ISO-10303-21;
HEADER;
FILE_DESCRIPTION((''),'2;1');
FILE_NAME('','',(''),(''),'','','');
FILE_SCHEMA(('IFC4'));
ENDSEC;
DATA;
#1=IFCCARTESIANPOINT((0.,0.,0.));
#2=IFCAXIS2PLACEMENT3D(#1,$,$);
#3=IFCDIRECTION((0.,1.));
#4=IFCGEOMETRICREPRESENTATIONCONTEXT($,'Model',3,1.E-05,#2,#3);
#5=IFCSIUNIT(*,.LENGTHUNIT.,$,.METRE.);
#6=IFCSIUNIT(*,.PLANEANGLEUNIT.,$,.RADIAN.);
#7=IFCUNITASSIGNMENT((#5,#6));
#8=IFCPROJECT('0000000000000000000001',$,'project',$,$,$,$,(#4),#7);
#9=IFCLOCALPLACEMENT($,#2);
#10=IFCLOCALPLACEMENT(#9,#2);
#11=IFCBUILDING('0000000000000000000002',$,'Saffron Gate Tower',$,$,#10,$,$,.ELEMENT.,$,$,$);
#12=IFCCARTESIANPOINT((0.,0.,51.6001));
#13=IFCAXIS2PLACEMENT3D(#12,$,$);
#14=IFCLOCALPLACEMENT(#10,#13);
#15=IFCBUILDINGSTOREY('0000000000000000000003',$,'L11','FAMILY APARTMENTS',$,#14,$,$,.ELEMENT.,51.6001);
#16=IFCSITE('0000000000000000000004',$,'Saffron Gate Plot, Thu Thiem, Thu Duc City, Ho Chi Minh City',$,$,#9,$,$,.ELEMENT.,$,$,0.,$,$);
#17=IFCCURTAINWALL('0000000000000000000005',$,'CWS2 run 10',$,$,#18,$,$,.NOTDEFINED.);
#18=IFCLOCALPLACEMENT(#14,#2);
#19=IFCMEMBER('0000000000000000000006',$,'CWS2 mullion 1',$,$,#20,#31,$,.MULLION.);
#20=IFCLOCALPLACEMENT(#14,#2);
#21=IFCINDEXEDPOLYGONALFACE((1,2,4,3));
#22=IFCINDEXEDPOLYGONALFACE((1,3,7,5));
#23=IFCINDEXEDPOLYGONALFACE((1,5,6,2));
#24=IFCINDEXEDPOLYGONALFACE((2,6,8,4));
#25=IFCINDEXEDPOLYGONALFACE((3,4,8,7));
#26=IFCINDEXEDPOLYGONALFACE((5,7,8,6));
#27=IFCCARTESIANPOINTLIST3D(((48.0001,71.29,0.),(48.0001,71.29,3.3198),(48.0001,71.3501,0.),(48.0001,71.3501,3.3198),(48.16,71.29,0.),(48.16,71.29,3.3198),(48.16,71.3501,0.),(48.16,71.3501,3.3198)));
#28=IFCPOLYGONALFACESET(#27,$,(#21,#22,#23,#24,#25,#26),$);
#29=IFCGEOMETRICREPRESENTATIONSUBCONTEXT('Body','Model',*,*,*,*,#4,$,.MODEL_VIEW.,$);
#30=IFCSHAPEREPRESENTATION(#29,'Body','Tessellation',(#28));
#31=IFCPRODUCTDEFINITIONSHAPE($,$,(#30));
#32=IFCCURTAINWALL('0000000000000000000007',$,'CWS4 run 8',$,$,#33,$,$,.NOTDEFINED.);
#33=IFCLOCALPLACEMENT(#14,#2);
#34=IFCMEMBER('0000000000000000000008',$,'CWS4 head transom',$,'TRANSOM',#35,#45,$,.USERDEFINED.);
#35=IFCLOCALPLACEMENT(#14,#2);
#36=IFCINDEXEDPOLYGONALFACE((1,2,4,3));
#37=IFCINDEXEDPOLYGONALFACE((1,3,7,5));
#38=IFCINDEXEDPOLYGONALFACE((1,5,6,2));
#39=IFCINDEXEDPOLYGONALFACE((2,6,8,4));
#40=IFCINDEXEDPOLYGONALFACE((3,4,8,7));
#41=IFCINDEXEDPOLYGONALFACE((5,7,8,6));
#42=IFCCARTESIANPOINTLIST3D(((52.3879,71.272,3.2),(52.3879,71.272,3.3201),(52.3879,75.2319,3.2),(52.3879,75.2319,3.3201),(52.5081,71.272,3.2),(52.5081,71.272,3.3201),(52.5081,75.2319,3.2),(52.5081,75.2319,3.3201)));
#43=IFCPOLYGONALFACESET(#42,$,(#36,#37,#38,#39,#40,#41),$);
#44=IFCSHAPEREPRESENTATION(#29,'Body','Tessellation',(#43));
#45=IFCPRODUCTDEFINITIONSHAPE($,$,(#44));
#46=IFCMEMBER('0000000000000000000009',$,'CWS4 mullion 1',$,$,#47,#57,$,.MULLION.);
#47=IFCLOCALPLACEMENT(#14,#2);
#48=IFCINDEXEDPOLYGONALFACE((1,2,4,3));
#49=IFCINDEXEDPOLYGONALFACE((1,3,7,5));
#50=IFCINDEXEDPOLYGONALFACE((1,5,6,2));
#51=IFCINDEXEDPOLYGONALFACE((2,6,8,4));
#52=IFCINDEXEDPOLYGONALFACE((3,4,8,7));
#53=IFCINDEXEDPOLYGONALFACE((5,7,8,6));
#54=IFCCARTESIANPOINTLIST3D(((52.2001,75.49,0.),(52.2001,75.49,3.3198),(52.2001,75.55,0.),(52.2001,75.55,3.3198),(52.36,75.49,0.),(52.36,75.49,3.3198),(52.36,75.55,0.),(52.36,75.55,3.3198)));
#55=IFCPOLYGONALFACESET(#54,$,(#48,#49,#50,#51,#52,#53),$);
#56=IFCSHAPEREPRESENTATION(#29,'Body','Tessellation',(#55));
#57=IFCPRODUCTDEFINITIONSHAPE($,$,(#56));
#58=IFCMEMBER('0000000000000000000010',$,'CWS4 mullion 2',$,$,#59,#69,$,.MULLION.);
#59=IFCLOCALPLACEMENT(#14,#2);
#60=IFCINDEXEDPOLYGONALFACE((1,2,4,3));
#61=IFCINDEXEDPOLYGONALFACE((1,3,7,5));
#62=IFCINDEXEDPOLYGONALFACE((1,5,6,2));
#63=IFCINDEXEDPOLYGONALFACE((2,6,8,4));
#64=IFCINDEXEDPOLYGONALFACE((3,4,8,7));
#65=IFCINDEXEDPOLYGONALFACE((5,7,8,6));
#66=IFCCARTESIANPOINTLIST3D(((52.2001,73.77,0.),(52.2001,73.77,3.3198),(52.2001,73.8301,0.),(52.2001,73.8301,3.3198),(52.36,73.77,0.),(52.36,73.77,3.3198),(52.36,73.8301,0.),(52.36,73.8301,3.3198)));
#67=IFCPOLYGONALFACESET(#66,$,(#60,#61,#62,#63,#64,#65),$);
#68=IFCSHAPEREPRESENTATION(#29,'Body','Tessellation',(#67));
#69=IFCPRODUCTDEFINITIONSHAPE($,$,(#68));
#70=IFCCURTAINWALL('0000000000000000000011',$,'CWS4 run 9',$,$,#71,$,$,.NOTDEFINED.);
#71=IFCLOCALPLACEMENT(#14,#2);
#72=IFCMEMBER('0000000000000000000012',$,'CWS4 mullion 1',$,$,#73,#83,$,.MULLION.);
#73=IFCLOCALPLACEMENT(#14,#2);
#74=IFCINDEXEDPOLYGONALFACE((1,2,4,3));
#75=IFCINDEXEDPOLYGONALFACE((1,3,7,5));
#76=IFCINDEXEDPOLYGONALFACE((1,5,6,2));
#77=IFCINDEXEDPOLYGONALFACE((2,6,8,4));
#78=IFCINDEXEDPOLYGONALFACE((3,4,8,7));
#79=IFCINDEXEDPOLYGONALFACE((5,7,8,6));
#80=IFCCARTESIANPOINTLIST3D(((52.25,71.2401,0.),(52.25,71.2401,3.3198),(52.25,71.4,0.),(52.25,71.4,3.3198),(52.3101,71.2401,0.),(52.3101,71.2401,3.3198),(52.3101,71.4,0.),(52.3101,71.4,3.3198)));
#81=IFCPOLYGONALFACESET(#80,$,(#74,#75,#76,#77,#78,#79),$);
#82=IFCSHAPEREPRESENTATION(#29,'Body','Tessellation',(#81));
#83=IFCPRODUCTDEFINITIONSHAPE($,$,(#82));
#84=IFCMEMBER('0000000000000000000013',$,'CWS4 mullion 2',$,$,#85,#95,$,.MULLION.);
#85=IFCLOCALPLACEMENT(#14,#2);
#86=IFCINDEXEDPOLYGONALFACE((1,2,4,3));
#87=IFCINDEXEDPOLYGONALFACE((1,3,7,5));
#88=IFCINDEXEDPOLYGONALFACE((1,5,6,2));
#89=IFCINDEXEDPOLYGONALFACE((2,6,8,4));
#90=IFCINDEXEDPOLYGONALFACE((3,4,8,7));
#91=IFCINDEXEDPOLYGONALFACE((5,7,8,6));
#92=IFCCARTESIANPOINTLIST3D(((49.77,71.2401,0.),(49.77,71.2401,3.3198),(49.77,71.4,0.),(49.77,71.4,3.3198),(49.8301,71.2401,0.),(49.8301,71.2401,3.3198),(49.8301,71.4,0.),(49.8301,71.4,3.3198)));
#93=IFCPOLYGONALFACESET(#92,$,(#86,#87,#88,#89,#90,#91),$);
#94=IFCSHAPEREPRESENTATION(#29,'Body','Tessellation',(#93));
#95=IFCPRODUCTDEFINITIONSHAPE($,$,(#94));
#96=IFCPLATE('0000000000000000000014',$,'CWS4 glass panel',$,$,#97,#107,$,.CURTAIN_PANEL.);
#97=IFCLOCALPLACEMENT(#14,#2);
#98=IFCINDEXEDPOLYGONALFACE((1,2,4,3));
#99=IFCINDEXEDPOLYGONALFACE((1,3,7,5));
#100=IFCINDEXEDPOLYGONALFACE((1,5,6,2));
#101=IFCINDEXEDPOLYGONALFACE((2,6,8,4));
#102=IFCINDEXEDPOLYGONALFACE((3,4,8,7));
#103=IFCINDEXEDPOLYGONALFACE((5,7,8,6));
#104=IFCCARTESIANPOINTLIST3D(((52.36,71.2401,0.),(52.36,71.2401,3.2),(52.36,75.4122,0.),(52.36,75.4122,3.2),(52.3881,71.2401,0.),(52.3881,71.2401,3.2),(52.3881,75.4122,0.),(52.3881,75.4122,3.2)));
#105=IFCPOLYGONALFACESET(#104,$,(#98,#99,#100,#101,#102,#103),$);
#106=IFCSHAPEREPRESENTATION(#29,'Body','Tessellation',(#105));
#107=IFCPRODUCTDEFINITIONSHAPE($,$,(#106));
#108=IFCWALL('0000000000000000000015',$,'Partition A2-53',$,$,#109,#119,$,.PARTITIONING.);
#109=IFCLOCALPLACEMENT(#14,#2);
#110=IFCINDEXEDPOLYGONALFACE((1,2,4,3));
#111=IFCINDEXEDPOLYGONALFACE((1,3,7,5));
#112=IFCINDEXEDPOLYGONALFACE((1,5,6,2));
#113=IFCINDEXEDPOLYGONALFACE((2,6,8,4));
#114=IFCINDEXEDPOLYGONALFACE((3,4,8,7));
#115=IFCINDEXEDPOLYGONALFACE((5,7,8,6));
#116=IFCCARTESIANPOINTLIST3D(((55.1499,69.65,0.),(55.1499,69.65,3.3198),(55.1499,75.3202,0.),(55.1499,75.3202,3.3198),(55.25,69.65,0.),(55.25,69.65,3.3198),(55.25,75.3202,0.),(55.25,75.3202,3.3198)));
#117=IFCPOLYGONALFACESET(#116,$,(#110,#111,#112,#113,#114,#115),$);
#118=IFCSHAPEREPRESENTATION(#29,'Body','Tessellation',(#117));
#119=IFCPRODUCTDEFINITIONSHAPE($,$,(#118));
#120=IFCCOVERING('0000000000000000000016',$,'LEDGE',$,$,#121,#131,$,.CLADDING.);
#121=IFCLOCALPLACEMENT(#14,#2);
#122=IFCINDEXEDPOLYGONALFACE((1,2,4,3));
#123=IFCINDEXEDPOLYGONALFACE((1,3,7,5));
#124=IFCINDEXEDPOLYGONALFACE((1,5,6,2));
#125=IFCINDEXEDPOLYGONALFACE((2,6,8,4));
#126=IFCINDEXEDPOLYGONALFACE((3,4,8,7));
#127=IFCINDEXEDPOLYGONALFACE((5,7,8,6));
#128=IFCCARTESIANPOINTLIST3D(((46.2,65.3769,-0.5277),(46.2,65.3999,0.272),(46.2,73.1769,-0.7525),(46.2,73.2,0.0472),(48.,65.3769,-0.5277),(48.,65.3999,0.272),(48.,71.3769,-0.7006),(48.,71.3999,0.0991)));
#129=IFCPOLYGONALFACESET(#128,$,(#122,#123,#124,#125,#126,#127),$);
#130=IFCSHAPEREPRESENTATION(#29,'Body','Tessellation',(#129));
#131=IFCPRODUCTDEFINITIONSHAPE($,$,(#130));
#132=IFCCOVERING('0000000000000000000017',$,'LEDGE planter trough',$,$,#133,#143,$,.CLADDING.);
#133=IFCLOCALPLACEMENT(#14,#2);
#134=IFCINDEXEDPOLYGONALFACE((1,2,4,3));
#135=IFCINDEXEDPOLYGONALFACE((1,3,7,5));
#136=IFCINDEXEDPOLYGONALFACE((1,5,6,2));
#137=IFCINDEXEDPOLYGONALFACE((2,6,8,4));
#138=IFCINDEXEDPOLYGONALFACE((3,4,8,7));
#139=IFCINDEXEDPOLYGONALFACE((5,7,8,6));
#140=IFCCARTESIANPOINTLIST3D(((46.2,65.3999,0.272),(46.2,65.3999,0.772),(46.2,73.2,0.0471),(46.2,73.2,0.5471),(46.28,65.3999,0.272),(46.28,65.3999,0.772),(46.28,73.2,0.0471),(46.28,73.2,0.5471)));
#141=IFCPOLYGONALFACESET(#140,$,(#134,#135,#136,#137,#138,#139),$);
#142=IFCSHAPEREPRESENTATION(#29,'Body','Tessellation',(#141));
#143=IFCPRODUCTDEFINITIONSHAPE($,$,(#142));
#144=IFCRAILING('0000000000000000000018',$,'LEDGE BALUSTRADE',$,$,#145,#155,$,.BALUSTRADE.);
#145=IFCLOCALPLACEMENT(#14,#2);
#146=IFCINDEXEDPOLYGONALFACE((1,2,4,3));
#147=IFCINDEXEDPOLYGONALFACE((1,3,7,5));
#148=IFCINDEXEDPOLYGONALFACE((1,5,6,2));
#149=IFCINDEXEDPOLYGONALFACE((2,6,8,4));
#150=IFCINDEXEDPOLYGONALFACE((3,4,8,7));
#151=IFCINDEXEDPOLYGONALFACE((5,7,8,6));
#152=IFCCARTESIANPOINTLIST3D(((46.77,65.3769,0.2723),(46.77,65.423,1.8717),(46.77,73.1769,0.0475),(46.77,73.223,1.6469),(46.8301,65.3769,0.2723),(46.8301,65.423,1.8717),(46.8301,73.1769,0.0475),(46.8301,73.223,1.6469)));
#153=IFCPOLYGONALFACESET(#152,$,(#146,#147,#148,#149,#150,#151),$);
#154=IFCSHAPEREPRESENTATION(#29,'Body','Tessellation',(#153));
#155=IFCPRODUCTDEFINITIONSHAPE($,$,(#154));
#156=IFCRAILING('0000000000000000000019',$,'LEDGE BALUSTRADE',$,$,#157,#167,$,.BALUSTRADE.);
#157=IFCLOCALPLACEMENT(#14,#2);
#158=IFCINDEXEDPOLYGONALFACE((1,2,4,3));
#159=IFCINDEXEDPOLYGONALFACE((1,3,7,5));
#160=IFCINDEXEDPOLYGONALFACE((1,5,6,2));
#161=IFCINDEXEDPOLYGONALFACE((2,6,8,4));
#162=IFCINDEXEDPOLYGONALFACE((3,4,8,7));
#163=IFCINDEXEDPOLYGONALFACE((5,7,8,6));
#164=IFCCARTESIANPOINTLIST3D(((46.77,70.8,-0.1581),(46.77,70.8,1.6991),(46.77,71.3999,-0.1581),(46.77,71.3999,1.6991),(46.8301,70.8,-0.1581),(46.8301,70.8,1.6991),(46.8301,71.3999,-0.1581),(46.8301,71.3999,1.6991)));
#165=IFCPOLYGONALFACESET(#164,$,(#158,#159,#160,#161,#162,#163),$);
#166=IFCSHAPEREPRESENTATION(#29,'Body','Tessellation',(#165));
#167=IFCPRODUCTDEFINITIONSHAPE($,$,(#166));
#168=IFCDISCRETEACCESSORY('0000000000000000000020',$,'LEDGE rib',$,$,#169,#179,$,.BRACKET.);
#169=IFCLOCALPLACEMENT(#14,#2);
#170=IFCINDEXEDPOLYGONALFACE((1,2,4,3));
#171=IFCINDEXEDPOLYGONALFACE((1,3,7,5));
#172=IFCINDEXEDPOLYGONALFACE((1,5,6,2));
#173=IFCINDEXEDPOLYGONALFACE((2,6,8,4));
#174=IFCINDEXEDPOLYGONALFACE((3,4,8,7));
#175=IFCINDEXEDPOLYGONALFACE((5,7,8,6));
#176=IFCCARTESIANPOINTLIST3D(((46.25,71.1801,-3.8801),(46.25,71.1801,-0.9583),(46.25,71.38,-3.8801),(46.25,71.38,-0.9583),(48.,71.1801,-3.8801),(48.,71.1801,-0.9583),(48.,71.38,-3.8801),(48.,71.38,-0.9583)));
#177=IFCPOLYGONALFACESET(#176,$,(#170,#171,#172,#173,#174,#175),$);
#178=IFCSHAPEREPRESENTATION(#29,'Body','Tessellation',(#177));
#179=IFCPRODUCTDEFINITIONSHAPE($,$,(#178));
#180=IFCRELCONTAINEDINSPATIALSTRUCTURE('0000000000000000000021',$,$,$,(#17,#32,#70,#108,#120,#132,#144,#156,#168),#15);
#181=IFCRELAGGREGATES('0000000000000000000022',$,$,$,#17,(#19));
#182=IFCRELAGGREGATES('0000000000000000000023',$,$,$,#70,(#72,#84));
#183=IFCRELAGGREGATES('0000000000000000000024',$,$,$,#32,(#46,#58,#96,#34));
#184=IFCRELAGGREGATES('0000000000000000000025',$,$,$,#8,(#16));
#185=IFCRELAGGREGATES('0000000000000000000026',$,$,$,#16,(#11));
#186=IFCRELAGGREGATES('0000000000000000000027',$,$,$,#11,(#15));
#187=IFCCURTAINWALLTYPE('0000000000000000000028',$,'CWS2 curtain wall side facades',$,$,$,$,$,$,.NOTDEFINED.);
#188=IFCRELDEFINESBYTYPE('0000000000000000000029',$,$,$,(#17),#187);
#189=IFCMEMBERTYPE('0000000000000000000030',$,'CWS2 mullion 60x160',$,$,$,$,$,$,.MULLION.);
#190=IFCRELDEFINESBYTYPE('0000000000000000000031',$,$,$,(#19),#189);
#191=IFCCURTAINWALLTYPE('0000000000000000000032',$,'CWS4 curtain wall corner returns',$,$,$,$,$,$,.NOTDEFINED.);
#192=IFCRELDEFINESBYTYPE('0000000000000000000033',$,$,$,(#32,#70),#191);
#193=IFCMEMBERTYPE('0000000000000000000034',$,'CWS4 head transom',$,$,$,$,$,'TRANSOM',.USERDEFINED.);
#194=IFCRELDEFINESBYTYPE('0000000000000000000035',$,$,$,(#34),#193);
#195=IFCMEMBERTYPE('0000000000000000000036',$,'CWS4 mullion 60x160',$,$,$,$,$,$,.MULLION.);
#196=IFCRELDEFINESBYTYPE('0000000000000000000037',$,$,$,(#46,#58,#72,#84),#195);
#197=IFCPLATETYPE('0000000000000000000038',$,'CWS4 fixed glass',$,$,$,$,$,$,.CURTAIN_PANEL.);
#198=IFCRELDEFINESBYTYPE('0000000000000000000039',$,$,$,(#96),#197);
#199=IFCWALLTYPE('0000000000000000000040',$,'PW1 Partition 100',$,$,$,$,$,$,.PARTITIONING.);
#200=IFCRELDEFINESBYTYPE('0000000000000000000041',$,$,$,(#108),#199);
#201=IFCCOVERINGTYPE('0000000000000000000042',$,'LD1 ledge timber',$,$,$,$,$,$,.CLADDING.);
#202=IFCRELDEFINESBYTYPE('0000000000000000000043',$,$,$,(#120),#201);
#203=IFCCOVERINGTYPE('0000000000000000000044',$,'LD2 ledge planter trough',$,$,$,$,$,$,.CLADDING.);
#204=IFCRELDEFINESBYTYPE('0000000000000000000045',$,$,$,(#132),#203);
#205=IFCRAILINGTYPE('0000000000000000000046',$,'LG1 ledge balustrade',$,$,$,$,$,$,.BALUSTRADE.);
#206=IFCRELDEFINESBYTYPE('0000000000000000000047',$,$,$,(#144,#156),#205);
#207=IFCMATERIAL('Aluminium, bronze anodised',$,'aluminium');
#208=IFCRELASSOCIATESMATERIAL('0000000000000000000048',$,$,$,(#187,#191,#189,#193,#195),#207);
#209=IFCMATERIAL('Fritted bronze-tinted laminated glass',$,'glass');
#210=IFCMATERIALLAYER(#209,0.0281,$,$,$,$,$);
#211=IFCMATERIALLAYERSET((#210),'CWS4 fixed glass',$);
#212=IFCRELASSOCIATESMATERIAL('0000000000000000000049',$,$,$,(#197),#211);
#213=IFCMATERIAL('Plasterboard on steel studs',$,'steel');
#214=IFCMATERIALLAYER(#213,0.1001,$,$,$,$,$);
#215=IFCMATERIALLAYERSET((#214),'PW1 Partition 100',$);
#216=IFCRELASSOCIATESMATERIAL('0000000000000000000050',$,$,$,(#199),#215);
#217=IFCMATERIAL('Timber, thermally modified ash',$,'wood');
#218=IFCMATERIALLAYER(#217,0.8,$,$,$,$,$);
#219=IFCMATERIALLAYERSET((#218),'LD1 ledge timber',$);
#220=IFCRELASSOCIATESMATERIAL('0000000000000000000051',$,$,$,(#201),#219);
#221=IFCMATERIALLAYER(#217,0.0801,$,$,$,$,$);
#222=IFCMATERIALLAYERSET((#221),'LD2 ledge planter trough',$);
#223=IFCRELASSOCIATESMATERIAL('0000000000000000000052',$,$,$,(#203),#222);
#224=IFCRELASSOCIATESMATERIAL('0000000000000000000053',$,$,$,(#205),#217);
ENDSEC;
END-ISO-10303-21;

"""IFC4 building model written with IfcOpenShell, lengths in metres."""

from ifc_helpers import new_model, si_unit, direction, frame, frame_2d, origin, origin_2d, place, context, subcontext, project, spatial, polyline, rectangle, outline, extrude, material, layer, layer_set, material_profile, profile_set, type_object, element, aggregate, save


model = new_model("IFC4")

# Units and contexts
model_context = context("Model", 3, precision=1e-05, world=origin(), true_north=direction((0.0, 1.0)))
body_context = subcontext(model_context, "Body", "Model", "MODEL_VIEW")
ifc_project = project(units=[si_unit("LENGTHUNIT", "METRE"), si_unit("PLANEANGLEUNIT", "RADIAN")], contexts=[model_context])

# Site, building, storey
site_placement = place(None, origin())
site = spatial("IfcSite", under=ifc_project, at=site_placement, Name="Saffron Gate Plot, Thu Thiem, Thu Duc City, Ho Chi Minh City", CompositionType="ELEMENT", RefElevation=0.0)
building_placement = place(site_placement, origin())
building = spatial("IfcBuilding", under=site, at=building_placement, Name="Saffron Gate Tower", CompositionType="ELEMENT")
storey_placement = place(building_placement, frame((0.0, 0.0, 51.6001)))
storey = spatial("IfcBuildingStorey", under=building, at=storey_placement, Name="L11", Description="FAMILY APARTMENTS", CompositionType="ELEMENT", Elevation=51.6001)

# Curtain wall, member
ifc_material_1 = material(Name="Aluminium, bronze anodised", Category="aluminium")
curtain_wall_type_1 = type_object("IfcCurtainWallType", Name="CWS2 curtain wall side facades", PredefinedType="NOTDEFINED", material=ifc_material_1)
curtain_wall_1_placement = place(storey_placement, origin())
curtain_wall_1 = element("IfcCurtainWall", 1, at=curtain_wall_1_placement, inside=storey, type_object=curtain_wall_type_1, Name="CWS2 run 10", PredefinedType="NOTDEFINED")
ifc_material_profile_1 = material_profile(ifc_material_1, rectangle(XDim=0.1599, YDim=0.0601, at=origin_2d()))
ifc_profile_set_1 = profile_set([ifc_material_profile_1], Name="Aluminium, bronze anodised")
member_type_1 = type_object("IfcMemberType", Name="CWS2 mullion 60x160", PredefinedType="MULLION", material=ifc_profile_set_1)
member_1_placement = place(storey_placement, frame((48.0801, 71.3201, 0.0), z_axis=(0.0, 0.0, 1.0), x_axis=(1.0, 0.0, 0.0)))
member_1 = element("IfcMember", 2, at=member_1_placement, type_object=member_type_1, Name="CWS2 mullion 1", PredefinedType="MULLION", context=body_context, shape_type="SweptSolid", body=[
    extrude(rectangle(XDim=0.1599, YDim=0.0601, at=origin_2d()), origin(), (0.0, 0.0, 1.0), 3.3198),
])
aggregate(curtain_wall_1, [member_1])

# Curtain walls, members
curtain_wall_type_2 = type_object("IfcCurtainWallType", Name="CWS4 curtain wall corner returns", PredefinedType="NOTDEFINED", material=ifc_material_1)
curtain_wall_2_placement = place(storey_placement, origin())
curtain_wall_2 = element("IfcCurtainWall", 3, at=curtain_wall_2_placement, inside=storey, type_object=curtain_wall_type_2, Name="CWS4 run 8", PredefinedType="NOTDEFINED")
ifc_material_profile_2 = material_profile(ifc_material_1, rectangle(XDim=0.1201, YDim=0.1201, at=origin_2d()))
ifc_profile_set_2 = profile_set([ifc_material_profile_2], Name="Aluminium, bronze anodised")
member_type_2 = type_object("IfcMemberType", Name="CWS4 head transom", ElementType="TRANSOM", PredefinedType="USERDEFINED", material=ifc_profile_set_2)
member_2_placement = place(storey_placement, frame((52.448, 75.2319, 3.26), z_axis=(0.0, -1.0, 0.0), x_axis=(1.0, 0.0, 0.0)))
member_2 = element("IfcMember", 4, at=member_2_placement, type_object=member_type_2, Name="CWS4 head transom", ObjectType="TRANSOM", PredefinedType="USERDEFINED", context=body_context, shape_type="SweptSolid", body=[
    extrude(rectangle(XDim=0.1201, YDim=0.1201, at=origin_2d()), origin(), (0.0, 0.0, 1.0), 3.96),
])
ifc_material_profile_3 = material_profile(ifc_material_1, rectangle(XDim=0.1599, YDim=0.0601, at=origin_2d()))
ifc_profile_set_3 = profile_set([ifc_material_profile_3], Name="Aluminium, bronze anodised")
member_type_3 = type_object("IfcMemberType", Name="CWS4 mullion 60x160", PredefinedType="MULLION", material=ifc_profile_set_3)
member_3_placement = place(storey_placement, frame((52.28, 75.52, 0.0), z_axis=(0.0, 0.0, 1.0), x_axis=(1.0, 0.0, 0.0)))
member_3 = element("IfcMember", 5, at=member_3_placement, type_object=member_type_3, Name="CWS4 mullion 1", PredefinedType="MULLION", context=body_context, shape_type="SweptSolid", body=[
    extrude(rectangle(XDim=0.1599, YDim=0.0601, at=origin_2d()), origin(), (0.0, 0.0, 1.0), 3.3198),
])
member_4_placement = place(storey_placement, frame((52.28, 73.8, 0.0), z_axis=(0.0, 0.0, 1.0), x_axis=(1.0, 0.0, 0.0)))
member_4 = element("IfcMember", 6, at=member_4_placement, type_object=member_type_3, Name="CWS4 mullion 2", PredefinedType="MULLION", context=body_context, shape_type="SweptSolid", body=[
    extrude(rectangle(XDim=0.1599, YDim=0.0601, at=origin_2d()), origin(), (0.0, 0.0, 1.0), 3.3198),
])
curtain_wall_3_placement = place(storey_placement, origin())
curtain_wall_3 = element("IfcCurtainWall", 7, at=curtain_wall_3_placement, inside=storey, type_object=curtain_wall_type_2, Name="CWS4 run 9", PredefinedType="NOTDEFINED")
member_5_placement = place(storey_placement, frame((52.28, 71.3201, 0.0), z_axis=(0.0, 0.0, 1.0), x_axis=(0.0, -1.0, 0.0)))
member_5 = element("IfcMember", 8, at=member_5_placement, type_object=member_type_3, Name="CWS4 mullion 1", PredefinedType="MULLION", context=body_context, shape_type="SweptSolid", body=[
    extrude(rectangle(XDim=0.1599, YDim=0.0601, at=origin_2d()), origin(), (0.0, 0.0, 1.0), 3.3198),
])
member_6_placement = place(storey_placement, frame((49.8, 71.3201, 0.0), z_axis=(0.0, 0.0, 1.0), x_axis=(0.0, -1.0, 0.0)))
member_6 = element("IfcMember", 9, at=member_6_placement, type_object=member_type_3, Name="CWS4 mullion 2", PredefinedType="MULLION", context=body_context, shape_type="SweptSolid", body=[
    extrude(rectangle(XDim=0.1599, YDim=0.0601, at=origin_2d()), origin(), (0.0, 0.0, 1.0), 3.3198),
])
aggregate(curtain_wall_3, [member_5, member_6])

# Plate
ifc_material_2 = material(Name="Fritted bronze-tinted laminated glass", Category="glass")
ifc_layer_1 = layer(ifc_material_2, 0.0281)
ifc_layer_set_1 = layer_set([ifc_layer_1], Name="CWS4 fixed glass")
plate_type = type_object("IfcPlateType", Name="CWS4 fixed glass", PredefinedType="CURTAIN_PANEL", material=ifc_layer_set_1)
plate_placement = place(storey_placement, frame((52.374, 75.4121, 0.0), z_axis=(0.0, 0.0, 1.0), x_axis=(0.0, -1.0, 0.0)))
plate = element("IfcPlate", 10, at=plate_placement, type_object=plate_type, Name="CWS4 glass panel", PredefinedType="CURTAIN_PANEL", context=body_context, shape_type="SweptSolid", body=[
    extrude(rectangle(XDim=4.1721, YDim=0.0281, at=frame_2d((2.0859, 0.0))), origin(), (0.0, 0.0, 1.0), 3.2),
])
aggregate(curtain_wall_2, [member_3, member_4, plate, member_2])

# Wall
ifc_material_3 = material(Name="Plasterboard on steel studs", Category="steel")
ifc_layer_2 = layer(ifc_material_3, 0.1001)
ifc_layer_set_2 = layer_set([ifc_layer_2], Name="PW1 Partition 100")
wall_type = type_object("IfcWallType", Name="PW1 Partition 100", PredefinedType="PARTITIONING", material=ifc_layer_set_2)
wall_placement = place(storey_placement, frame((55.2, 75.3201, 0.0), z_axis=(0.0, 0.0, 1.0), x_axis=(0.0, -1.0, 0.0)))
element("IfcWall", 11, at=wall_placement, inside=storey, type_object=wall_type, Name="Partition A2-53", PredefinedType="PARTITIONING", context=body_context, shape_type="SweptSolid", body=[
    extrude(rectangle(XDim=5.6702, YDim=0.1001, at=frame_2d((2.835, 0.0))), origin(), (0.0, 0.0, 1.0), 3.3198),
])

# Coverings
ifc_material_4 = material(Name="Timber, thermally modified ash", Category="wood")
ifc_layer_3 = layer(ifc_material_4, 0.8)
ifc_layer_set_3 = layer_set([ifc_layer_3], Name="LD1 ledge timber")
covering_type_1 = type_object("IfcCoveringType", Name="LD1 ledge timber", PredefinedType="CLADDING", material=ifc_layer_set_3)
covering_1_placement = place(storey_placement, frame((48.0, 71.3999, 0.0991), z_axis=(-0.000035, 0.028807, 0.999585), x_axis=(0.0, -0.999585, 0.028807)))
element("IfcCovering", 12, at=covering_1_placement, inside=storey, type_object=covering_type_1, Name="LEDGE", PredefinedType="CLADDING", context=body_context, shape_type="SweptSolid", body=[
    extrude(outline(polyline([(0.0, 0.0), (6.0025, 0.0), (6.0025, -1.8), (-1.8008, -1.8), (0.0, 0.0)])), origin(), (0.0, 0.0, -1.0), 0.8),
])
ifc_layer_4 = layer(ifc_material_4, 0.0801)
ifc_layer_set_4 = layer_set([ifc_layer_4], Name="LD2 ledge planter trough")
covering_type_2 = type_object("IfcCoveringType", Name="LD2 ledge planter trough", PredefinedType="CLADDING", material=ifc_layer_set_4)
covering_2_placement = place(storey_placement, frame((46.2, 73.2, 0.0471), z_axis=(-1.0, 0.0, 0.0), x_axis=(0.0, -0.999585, 0.028815)))
element("IfcCovering", 13, at=covering_2_placement, inside=storey, type_object=covering_type_2, Name="LEDGE planter trough", PredefinedType="CLADDING", context=body_context, shape_type="SweptSolid", body=[
    extrude(outline(polyline([(0.0, 0.0), (7.8033, 0.0), (7.8177, 0.4998), (0.0144, 0.4998), (0.0, 0.0)])), origin(), (0.0, 0.0, -1.0), 0.0801),
])

# Railings
railing_type = type_object("IfcRailingType", Name="LG1 ledge balustrade", PredefinedType="BALUSTRADE", material=ifc_material_4)
railing_1_placement = place(storey_placement, frame((46.8, 73.2, 0.0471)))
element("IfcRailing", 14, at=railing_1_placement, inside=storey, type_object=railing_type, Name="LEDGE BALUSTRADE", PredefinedType="BALUSTRADE", context=body_context, shape_type="SweptSolid", body=[
    extrude(rectangle(XDim=0.0601, YDim=1.6001, at=origin_2d()), frame((0.0, 0.0, 0.8), z_axis=(0.0, -0.999585, 0.028815), x_axis=(1.0, 0.0, 0.0)), (0.0, 0.0, 1.0), 7.8032),
])
railing_2_placement = place(storey_placement, frame((46.8, 71.3999, -0.1582)))
element("IfcRailing", 15, at=railing_2_placement, inside=storey, type_object=railing_type, Name="LEDGE BALUSTRADE", PredefinedType="BALUSTRADE", context=body_context, shape_type="SweptSolid", body=[
    extrude(rectangle(XDim=0.0601, YDim=1.8572, at=origin_2d()), frame((0.0, 0.0, 0.9287), z_axis=(0.0, -1.0, 0.0), x_axis=(1.0, 0.0, 0.0)), (0.0, 0.0, 1.0), 0.5999),
])

# Discrete accessory
discrete_accessory_placement = place(storey_placement, frame((47.125, 71.28, -3.8801), z_axis=(0.0, 0.0, 1.0), x_axis=(0.0, -1.0, 0.0)))
element("IfcDiscreteAccessory", 16, at=discrete_accessory_placement, inside=storey, Name="LEDGE rib", PredefinedType="BRACKET", context=body_context, shape_type="SweptSolid", body=[
    extrude(rectangle(XDim=0.2, YDim=1.75, at=origin_2d()), origin(), (0.0, 0.0, 1.0), 2.9219),
])

save(model, "model.ifc")
